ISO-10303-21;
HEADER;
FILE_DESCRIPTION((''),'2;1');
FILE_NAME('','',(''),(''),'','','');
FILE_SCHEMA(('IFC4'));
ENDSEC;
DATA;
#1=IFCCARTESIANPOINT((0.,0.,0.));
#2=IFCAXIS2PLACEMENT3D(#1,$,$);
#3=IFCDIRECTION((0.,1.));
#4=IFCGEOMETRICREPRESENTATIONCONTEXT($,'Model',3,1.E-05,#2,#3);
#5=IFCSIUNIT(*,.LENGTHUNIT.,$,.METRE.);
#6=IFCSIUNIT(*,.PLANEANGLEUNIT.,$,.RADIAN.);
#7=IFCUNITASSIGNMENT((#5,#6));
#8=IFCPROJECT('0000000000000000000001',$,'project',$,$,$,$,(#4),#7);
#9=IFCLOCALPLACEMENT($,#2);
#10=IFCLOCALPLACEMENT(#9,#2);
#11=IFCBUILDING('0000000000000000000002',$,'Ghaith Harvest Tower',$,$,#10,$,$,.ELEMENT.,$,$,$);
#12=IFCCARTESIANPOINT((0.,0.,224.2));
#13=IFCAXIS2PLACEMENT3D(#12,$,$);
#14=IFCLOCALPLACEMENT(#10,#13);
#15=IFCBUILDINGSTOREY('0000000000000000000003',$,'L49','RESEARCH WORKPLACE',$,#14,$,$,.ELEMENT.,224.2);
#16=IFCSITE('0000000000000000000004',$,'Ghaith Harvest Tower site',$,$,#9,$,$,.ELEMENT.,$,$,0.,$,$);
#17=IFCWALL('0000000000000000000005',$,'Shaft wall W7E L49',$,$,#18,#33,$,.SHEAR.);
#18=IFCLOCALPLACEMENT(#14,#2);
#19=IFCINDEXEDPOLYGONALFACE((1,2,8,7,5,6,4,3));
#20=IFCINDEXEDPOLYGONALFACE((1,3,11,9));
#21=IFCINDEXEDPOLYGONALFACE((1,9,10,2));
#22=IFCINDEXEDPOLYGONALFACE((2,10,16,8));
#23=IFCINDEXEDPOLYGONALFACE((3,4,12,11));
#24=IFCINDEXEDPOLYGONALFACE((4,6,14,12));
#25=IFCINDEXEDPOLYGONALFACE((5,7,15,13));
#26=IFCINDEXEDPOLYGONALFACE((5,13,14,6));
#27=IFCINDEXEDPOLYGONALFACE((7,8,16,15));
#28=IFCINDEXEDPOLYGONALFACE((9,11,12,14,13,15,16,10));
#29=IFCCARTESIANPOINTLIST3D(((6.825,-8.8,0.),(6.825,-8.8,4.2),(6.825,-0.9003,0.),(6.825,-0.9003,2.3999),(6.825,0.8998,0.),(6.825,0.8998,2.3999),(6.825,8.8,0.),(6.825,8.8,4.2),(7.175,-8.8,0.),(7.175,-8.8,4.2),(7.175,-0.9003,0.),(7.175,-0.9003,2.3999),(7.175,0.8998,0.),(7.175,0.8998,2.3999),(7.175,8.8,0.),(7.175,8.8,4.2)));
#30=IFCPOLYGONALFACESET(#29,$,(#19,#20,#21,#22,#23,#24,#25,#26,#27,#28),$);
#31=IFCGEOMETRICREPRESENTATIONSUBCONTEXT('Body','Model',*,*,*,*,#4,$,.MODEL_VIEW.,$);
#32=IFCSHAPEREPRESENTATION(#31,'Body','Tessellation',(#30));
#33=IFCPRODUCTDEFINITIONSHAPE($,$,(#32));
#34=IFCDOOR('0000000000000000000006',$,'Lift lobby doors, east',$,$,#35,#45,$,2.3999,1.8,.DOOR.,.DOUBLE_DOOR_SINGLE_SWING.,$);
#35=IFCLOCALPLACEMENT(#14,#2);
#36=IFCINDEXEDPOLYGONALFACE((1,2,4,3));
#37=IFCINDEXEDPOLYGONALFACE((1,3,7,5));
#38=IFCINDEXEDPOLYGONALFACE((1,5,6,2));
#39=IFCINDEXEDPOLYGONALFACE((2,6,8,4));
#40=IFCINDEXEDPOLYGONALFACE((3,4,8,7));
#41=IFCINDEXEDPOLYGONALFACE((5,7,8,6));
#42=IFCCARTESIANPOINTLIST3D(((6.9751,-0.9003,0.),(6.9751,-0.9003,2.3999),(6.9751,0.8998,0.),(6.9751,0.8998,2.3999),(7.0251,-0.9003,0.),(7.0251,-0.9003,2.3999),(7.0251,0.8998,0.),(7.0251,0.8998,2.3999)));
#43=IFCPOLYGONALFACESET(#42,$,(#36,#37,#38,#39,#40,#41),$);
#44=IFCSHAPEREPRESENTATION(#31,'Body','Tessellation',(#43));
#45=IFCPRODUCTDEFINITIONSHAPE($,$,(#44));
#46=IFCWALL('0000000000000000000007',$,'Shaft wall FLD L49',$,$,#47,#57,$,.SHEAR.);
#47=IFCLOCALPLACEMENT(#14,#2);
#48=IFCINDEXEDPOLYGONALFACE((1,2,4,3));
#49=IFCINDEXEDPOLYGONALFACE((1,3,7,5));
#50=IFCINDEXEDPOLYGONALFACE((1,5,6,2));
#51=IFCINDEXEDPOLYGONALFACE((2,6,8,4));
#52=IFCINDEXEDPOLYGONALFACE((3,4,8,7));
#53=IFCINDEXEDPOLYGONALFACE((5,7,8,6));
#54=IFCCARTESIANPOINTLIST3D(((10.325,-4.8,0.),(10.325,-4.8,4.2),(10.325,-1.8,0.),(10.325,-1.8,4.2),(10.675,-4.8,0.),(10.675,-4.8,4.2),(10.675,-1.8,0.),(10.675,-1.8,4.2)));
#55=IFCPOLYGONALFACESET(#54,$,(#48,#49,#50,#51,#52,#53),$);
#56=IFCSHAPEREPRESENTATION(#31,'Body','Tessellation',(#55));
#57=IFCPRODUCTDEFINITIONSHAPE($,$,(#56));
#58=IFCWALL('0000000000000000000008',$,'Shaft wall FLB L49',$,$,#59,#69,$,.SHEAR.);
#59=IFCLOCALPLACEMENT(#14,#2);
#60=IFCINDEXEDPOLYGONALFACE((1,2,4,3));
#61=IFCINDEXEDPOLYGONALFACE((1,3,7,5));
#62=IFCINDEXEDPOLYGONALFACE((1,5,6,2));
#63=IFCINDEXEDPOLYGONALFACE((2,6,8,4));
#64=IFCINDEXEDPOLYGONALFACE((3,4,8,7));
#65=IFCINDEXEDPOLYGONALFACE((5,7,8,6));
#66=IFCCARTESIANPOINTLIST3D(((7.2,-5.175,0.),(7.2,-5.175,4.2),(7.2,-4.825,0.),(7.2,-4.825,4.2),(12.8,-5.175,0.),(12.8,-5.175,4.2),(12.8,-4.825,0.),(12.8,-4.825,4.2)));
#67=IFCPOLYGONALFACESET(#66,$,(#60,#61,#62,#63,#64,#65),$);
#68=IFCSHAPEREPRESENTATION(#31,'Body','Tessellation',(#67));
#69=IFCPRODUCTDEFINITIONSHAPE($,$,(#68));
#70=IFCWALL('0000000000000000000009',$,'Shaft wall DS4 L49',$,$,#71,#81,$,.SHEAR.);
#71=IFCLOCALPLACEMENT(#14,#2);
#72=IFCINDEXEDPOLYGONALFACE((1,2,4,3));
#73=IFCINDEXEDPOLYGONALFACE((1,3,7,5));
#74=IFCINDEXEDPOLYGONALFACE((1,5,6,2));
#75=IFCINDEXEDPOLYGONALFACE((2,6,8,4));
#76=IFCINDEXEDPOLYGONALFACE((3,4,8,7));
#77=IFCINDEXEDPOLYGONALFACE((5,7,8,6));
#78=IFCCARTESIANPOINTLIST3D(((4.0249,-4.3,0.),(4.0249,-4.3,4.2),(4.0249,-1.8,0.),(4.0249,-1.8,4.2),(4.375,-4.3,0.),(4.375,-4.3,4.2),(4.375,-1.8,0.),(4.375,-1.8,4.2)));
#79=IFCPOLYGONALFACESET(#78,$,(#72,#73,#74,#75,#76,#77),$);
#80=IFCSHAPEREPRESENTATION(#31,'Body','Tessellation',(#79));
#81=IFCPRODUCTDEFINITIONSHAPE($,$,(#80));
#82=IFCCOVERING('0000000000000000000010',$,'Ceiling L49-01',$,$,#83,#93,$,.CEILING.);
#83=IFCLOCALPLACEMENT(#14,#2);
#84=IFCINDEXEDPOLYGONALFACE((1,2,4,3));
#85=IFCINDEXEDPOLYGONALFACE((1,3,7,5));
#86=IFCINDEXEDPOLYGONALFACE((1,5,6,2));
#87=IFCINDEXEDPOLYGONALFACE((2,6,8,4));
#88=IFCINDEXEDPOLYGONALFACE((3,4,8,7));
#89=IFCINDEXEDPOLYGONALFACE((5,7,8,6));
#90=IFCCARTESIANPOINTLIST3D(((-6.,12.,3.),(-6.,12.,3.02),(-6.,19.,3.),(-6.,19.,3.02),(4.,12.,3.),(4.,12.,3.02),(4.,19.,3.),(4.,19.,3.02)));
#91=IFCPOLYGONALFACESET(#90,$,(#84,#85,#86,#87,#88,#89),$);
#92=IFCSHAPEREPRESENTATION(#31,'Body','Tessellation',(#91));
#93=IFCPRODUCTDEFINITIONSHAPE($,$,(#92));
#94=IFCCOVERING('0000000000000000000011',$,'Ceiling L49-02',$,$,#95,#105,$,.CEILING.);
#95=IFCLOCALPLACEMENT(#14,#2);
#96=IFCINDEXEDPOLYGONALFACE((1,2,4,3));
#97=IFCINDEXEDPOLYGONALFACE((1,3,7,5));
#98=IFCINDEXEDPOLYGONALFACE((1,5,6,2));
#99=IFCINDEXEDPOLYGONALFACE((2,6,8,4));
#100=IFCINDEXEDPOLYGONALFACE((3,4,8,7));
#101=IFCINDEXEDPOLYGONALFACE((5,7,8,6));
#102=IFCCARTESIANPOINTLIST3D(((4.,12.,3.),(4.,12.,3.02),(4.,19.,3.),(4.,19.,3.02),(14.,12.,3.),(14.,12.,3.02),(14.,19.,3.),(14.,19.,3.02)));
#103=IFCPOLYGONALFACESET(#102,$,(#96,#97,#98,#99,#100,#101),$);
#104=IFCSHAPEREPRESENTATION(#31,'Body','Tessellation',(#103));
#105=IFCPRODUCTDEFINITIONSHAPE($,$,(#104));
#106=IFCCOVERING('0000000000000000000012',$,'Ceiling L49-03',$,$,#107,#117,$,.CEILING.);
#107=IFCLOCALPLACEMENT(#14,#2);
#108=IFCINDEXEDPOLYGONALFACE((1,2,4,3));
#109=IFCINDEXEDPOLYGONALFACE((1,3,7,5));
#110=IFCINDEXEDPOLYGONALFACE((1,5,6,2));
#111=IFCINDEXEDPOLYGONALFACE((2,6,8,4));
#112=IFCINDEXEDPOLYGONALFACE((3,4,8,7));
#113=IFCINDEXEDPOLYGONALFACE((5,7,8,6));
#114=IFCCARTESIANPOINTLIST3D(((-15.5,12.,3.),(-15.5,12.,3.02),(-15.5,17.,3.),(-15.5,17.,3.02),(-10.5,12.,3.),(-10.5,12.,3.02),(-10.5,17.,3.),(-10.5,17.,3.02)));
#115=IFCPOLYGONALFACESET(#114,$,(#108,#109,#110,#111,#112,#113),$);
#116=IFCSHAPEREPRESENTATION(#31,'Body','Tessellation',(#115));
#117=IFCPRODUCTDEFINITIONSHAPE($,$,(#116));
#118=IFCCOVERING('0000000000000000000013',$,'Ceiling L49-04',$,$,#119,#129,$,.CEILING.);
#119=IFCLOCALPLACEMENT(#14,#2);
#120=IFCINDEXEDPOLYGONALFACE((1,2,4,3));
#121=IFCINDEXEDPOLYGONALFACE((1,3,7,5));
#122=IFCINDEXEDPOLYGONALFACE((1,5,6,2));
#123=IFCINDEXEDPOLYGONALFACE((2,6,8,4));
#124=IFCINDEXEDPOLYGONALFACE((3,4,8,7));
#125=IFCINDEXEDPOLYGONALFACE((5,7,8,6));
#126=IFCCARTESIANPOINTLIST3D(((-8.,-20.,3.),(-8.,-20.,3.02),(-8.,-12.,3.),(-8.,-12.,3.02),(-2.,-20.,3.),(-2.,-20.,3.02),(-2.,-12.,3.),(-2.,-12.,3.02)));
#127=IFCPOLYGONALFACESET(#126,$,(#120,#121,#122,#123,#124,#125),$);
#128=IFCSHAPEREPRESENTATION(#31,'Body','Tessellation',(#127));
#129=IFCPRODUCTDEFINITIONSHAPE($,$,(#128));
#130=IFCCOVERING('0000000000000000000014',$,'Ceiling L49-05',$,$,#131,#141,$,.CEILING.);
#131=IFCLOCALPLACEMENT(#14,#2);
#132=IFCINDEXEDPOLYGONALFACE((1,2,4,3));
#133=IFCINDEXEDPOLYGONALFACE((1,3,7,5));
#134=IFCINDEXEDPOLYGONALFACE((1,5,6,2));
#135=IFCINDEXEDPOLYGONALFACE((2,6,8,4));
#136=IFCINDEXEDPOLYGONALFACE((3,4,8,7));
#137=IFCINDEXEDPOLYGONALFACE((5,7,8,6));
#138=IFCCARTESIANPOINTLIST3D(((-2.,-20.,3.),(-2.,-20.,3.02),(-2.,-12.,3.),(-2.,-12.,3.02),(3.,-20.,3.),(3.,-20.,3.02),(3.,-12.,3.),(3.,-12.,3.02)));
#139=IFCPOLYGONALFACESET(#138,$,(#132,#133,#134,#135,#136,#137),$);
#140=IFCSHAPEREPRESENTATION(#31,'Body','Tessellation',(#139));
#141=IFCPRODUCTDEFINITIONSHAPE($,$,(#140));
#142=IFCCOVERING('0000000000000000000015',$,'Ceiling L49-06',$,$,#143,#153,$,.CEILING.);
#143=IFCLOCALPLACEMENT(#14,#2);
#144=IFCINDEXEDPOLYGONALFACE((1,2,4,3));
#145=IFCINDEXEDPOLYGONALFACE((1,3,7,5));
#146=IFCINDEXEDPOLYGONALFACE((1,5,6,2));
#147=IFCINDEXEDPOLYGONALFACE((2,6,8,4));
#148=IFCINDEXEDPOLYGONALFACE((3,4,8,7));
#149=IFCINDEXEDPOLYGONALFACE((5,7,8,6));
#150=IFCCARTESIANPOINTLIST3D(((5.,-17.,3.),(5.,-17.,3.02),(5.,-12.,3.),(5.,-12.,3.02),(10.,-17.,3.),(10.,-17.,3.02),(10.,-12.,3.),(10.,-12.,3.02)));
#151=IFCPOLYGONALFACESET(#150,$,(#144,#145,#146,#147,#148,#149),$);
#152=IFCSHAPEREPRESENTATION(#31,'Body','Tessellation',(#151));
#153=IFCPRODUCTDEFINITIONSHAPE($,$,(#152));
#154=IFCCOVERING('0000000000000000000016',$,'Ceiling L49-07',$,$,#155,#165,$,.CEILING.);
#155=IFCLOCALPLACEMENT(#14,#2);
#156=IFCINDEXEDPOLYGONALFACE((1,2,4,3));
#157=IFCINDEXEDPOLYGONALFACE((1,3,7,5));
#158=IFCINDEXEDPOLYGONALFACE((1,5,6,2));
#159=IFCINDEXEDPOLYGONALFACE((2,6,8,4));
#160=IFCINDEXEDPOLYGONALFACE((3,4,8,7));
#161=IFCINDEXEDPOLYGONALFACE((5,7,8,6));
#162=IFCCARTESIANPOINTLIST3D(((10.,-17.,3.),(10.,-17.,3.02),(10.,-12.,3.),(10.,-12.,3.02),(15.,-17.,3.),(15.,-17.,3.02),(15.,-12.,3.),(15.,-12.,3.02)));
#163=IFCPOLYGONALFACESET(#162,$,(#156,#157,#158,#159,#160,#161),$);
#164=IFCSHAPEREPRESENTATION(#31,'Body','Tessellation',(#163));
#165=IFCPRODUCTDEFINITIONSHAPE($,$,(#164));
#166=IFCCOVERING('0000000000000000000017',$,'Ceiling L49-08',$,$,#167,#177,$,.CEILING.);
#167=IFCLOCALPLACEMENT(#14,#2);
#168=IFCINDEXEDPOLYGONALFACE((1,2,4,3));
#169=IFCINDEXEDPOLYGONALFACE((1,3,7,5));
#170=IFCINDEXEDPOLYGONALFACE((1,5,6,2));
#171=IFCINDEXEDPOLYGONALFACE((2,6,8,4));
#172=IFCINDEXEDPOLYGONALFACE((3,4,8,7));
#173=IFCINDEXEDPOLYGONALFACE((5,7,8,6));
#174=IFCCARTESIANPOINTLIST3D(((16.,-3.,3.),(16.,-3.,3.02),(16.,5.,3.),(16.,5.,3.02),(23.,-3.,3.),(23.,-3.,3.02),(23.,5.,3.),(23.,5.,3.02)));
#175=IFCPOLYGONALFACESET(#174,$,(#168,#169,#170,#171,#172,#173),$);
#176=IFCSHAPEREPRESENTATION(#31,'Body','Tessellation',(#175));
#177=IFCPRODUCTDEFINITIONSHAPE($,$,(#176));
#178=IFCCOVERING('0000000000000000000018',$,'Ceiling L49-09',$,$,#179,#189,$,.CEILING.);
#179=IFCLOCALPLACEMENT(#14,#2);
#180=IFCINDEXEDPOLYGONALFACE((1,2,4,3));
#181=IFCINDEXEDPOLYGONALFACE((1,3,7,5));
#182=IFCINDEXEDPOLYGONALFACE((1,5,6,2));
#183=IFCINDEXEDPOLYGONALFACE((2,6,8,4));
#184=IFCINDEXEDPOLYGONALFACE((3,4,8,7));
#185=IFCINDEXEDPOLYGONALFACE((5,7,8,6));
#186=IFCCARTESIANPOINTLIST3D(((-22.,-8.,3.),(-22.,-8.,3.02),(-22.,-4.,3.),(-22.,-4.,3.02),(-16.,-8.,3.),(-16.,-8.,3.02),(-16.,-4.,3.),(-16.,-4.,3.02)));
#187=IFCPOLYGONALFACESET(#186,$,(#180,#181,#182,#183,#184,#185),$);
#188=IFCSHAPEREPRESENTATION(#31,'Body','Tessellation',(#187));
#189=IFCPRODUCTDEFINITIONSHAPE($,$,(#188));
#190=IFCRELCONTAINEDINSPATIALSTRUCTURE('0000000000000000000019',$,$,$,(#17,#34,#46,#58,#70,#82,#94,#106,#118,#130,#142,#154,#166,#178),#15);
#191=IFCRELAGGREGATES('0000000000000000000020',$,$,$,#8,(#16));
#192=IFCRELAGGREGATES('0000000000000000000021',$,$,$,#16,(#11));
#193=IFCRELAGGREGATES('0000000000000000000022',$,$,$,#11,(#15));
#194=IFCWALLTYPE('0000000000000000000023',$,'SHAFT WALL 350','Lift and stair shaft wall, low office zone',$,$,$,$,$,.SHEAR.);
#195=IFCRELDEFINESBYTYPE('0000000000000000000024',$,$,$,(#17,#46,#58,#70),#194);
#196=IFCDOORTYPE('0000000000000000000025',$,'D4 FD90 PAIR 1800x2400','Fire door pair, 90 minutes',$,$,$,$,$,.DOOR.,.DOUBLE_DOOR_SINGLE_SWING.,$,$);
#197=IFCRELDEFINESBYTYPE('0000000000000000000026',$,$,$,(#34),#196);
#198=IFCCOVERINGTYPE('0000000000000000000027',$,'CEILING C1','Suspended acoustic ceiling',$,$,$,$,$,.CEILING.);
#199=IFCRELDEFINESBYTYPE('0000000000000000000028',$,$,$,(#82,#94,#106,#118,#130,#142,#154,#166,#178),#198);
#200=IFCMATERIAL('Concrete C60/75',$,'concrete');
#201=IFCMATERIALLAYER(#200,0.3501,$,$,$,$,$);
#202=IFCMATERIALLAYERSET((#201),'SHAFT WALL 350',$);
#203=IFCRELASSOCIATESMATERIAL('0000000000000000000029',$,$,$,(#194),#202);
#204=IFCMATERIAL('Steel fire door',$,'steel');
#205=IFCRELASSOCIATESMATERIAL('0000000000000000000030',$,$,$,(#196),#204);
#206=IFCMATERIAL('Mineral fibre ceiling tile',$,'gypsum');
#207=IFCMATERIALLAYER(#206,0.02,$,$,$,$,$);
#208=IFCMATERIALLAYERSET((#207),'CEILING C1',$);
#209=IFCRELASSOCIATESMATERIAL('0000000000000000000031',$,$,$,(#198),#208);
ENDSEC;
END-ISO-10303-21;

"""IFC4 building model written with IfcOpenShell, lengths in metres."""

from ifc_helpers import new_model, si_unit, direction, frame, frame_2d, origin, place, context, subcontext, project, spatial, polyline, rectangle, outline, extrude, material, layer, layer_set, type_object, element, fill, save


model = new_model("IFC4")

# Units and contexts
model_context = context("Model", 3, precision=1e-05, world=origin(), true_north=direction((0.0, 1.0)))
body_context = subcontext(model_context, "Body", "Model", "MODEL_VIEW")
ifc_project = project(units=[si_unit("LENGTHUNIT", "METRE"), si_unit("PLANEANGLEUNIT", "RADIAN")], contexts=[model_context])

# Site, building, storey
site_placement = place(None, origin())
site = spatial("IfcSite", under=ifc_project, at=site_placement, Name="Ghaith Harvest Tower site", CompositionType="ELEMENT", RefElevation=0.0)
building_placement = place(site_placement, origin())
building = spatial("IfcBuilding", under=site, at=building_placement, Name="Ghaith Harvest Tower", CompositionType="ELEMENT")
storey_placement = place(building_placement, frame((0.0, 0.0, 224.2)))
storey = spatial("IfcBuildingStorey", under=building, at=storey_placement, Name="L49", Description="RESEARCH WORKPLACE", CompositionType="ELEMENT", Elevation=224.2)

# Wall, opening, door
ifc_material_1 = material(Name="Concrete C60/75", Category="concrete")
ifc_layer_1 = layer(ifc_material_1, 0.3501)
ifc_layer_set_1 = layer_set([ifc_layer_1], Name="SHAFT WALL 350")
wall_type_1 = type_object("IfcWallType", Name="SHAFT WALL 350", Description="Lift and stair shaft wall, low office zone", PredefinedType="SHEAR", material=ifc_layer_set_1)
wall_1_placement = place(storey_placement, frame((7.0, -8.8, 0.0), z_axis=(0.0, 0.0, 1.0), x_axis=(0.0, 1.0, 0.0)))
wall_1 = element("IfcWall", 1, at=wall_1_placement, inside=storey, type_object=wall_type_1, Name="Shaft wall W7E L49", PredefinedType="SHEAR", context=body_context, shape_type="SweptSolid", body=[
    extrude(rectangle(XDim=17.6001, YDim=0.3501, at=frame_2d((8.8, 0.0))), origin(), (0.0, 0.0, 1.0), 4.2),
])
opening_1_placement = place(wall_1_placement, frame((7.8999, 0.0, 0.0)))
opening_1 = element("IfcOpeningElement", 2, at=opening_1_placement, cuts=wall_1, PredefinedType="OPENING", context=body_context, shape_type="SweptSolid", body=[
    extrude(rectangle(XDim=1.8, YDim=2.3999, at=frame_2d((0.8999, 1.2))), frame((0.0, 0.1851, 0.0), z_axis=(0.0, -1.0, 0.0), x_axis=(1.0, 0.0, 0.0)), (0.0, 0.0, 1.0), 0.3701),
])
ifc_material_2 = material(Name="Steel fire door", Category="steel")
door_type_1 = type_object("IfcDoorType", Name="D4 FD90 PAIR 1800x2400", Description="Fire door pair, 90 minutes", OperationType="DOUBLE_DOOR_SINGLE_SWING", PredefinedType="DOOR", material=ifc_material_2)
door_1_placement = place(opening_1_placement, origin())
door_1 = element("IfcDoor", 3, at=door_1_placement, inside=storey, type_object=door_type_1, Name="Lift lobby doors, east", OperationType="DOUBLE_DOOR_SINGLE_SWING", OverallHeight=2.3999, OverallWidth=1.8, PredefinedType="DOOR", context=body_context, shape_type="SweptSolid", body=[
    extrude(rectangle(XDim=1.8, YDim=2.3999, at=frame_2d((0.8999, 1.2))), frame((0.0, 0.0249, 0.0), z_axis=(0.0, -1.0, 0.0), x_axis=(1.0, 0.0, 0.0)), (0.0, 0.0, 1.0), 0.05),
])
fill(opening_1, door_1)

# Walls
wall_2_placement = place(storey_placement, frame((10.5, -4.8, 0.0), z_axis=(0.0, 0.0, 1.0), x_axis=(0.0, 1.0, 0.0)))
element("IfcWall", 4, at=wall_2_placement, inside=storey, type_object=wall_type_1, Name="Shaft wall FLD L49", PredefinedType="SHEAR", context=body_context, shape_type="SweptSolid", body=[
    extrude(rectangle(XDim=3.0, YDim=0.3501, at=frame_2d((1.5, 0.0))), origin(), (0.0, 0.0, 1.0), 4.2),
])
wall_3_placement = place(storey_placement, frame((7.2, -5.0, 0.0), z_axis=(0.0, 0.0, 1.0), x_axis=(1.0, 0.0, 0.0)))
element("IfcWall", 5, at=wall_3_placement, inside=storey, type_object=wall_type_1, Name="Shaft wall FLB L49", PredefinedType="SHEAR", context=body_context, shape_type="SweptSolid", body=[
    extrude(rectangle(XDim=5.6001, YDim=0.3501, at=frame_2d((2.8, 0.0))), origin(), (0.0, 0.0, 1.0), 4.2),
])
wall_4_placement = place(storey_placement, frame((4.2, -4.3, 0.0), z_axis=(0.0, 0.0, 1.0), x_axis=(0.0, 1.0, 0.0)))
element("IfcWall", 6, at=wall_4_placement, inside=storey, type_object=wall_type_1, Name="Shaft wall DS4 L49", PredefinedType="SHEAR", context=body_context, shape_type="SweptSolid", body=[
    extrude(rectangle(XDim=2.5, YDim=0.3501, at=frame_2d((1.25, 0.0))), origin(), (0.0, 0.0, 1.0), 4.2),
])

# Coverings
ifc_material_3 = material(Name="Mineral fibre ceiling tile", Category="gypsum")
ifc_layer_2 = layer(ifc_material_3, 0.02)
ifc_layer_set_2 = layer_set([ifc_layer_2], Name="CEILING C1")
covering_type = type_object("IfcCoveringType", Name="CEILING C1", Description="Suspended acoustic ceiling", PredefinedType="CEILING", material=ifc_layer_set_2)
covering_1_placement = place(storey_placement, frame((0.0, 0.0, 3.0)))
element("IfcCovering", 7, at=covering_1_placement, inside=storey, type_object=covering_type, Name="Ceiling L49-01", PredefinedType="CEILING", context=body_context, shape_type="SweptSolid", body=[
    extrude(outline(polyline([(-6.0, 12.0), (4.0, 12.0), (4.0, 19.0), (-6.0, 19.0), (-6.0, 12.0)])), origin(), (0.0, 0.0, 1.0), 0.02),
])
covering_2_placement = place(storey_placement, frame((0.0, 0.0, 3.0)))
element("IfcCovering", 8, at=covering_2_placement, inside=storey, type_object=covering_type, Name="Ceiling L49-02", PredefinedType="CEILING", context=body_context, shape_type="SweptSolid", body=[
    extrude(outline(polyline([(4.0, 12.0), (14.0, 12.0), (14.0, 19.0), (4.0, 19.0), (4.0, 12.0)])), origin(), (0.0, 0.0, 1.0), 0.02),
])
covering_3_placement = place(storey_placement, frame((0.0, 0.0, 3.0)))
element("IfcCovering", 9, at=covering_3_placement, inside=storey, type_object=covering_type, Name="Ceiling L49-03", PredefinedType="CEILING", context=body_context, shape_type="SweptSolid", body=[
    extrude(outline(polyline([(-15.5, 12.0), (-10.5, 12.0), (-10.5, 17.0), (-15.5, 17.0), (-15.5, 12.0)])), origin(), (0.0, 0.0, 1.0), 0.02),
])
covering_4_placement = place(storey_placement, frame((0.0, 0.0, 3.0)))
element("IfcCovering", 10, at=covering_4_placement, inside=storey, type_object=covering_type, Name="Ceiling L49-04", PredefinedType="CEILING", context=body_context, shape_type="SweptSolid", body=[
    extrude(outline(polyline([(-8.0, -20.0), (-2.0, -20.0), (-2.0, -12.0), (-8.0, -12.0), (-8.0, -20.0)])), origin(), (0.0, 0.0, 1.0), 0.02),
])
covering_5_placement = place(storey_placement, frame((0.0, 0.0, 3.0)))
element("IfcCovering", 11, at=covering_5_placement, inside=storey, type_object=covering_type, Name="Ceiling L49-05", PredefinedType="CEILING", context=body_context, shape_type="SweptSolid", body=[
    extrude(outline(polyline([(-2.0, -20.0), (3.0, -20.0), (3.0, -12.0), (-2.0, -12.0), (-2.0, -20.0)])), origin(), (0.0, 0.0, 1.0), 0.02),
])
covering_6_placement = place(storey_placement, frame((0.0, 0.0, 3.0)))
element("IfcCovering", 12, at=covering_6_placement, inside=storey, type_object=covering_type, Name="Ceiling L49-06", PredefinedType="CEILING", context=body_context, shape_type="SweptSolid", body=[
    extrude(outline(polyline([(5.0, -17.0), (10.0, -17.0), (10.0, -12.0), (5.0, -12.0), (5.0, -17.0)])), origin(), (0.0, 0.0, 1.0), 0.02),
])
covering_7_placement = place(storey_placement, frame((0.0, 0.0, 3.0)))
element("IfcCovering", 13, at=covering_7_placement, inside=storey, type_object=covering_type, Name="Ceiling L49-07", PredefinedType="CEILING", context=body_context, shape_type="SweptSolid", body=[
    extrude(outline(polyline([(10.0, -17.0), (15.0, -17.0), (15.0, -12.0), (10.0, -12.0), (10.0, -17.0)])), origin(), (0.0, 0.0, 1.0), 0.02),
])
covering_8_placement = place(storey_placement, frame((0.0, 0.0, 3.0)))
element("IfcCovering", 14, at=covering_8_placement, inside=storey, type_object=covering_type, Name="Ceiling L49-08", PredefinedType="CEILING", context=body_context, shape_type="SweptSolid", body=[
    extrude(outline(polyline([(16.0, -3.0), (23.0, -3.0), (23.0, 5.0), (16.0, 5.0), (16.0, -3.0)])), origin(), (0.0, 0.0, 1.0), 0.02),
])
covering_9_placement = place(storey_placement, frame((0.0, 0.0, 3.0)))
element("IfcCovering", 15, at=covering_9_placement, inside=storey, type_object=covering_type, Name="Ceiling L49-09", PredefinedType="CEILING", context=body_context, shape_type="SweptSolid", body=[
    extrude(outline(polyline([(-22.0, -8.0), (-16.0, -8.0), (-16.0, -4.0), (-22.0, -4.0), (-22.0, -8.0)])), origin(), (0.0, 0.0, 1.0), 0.02),
])

save(model, "model.ifc")
